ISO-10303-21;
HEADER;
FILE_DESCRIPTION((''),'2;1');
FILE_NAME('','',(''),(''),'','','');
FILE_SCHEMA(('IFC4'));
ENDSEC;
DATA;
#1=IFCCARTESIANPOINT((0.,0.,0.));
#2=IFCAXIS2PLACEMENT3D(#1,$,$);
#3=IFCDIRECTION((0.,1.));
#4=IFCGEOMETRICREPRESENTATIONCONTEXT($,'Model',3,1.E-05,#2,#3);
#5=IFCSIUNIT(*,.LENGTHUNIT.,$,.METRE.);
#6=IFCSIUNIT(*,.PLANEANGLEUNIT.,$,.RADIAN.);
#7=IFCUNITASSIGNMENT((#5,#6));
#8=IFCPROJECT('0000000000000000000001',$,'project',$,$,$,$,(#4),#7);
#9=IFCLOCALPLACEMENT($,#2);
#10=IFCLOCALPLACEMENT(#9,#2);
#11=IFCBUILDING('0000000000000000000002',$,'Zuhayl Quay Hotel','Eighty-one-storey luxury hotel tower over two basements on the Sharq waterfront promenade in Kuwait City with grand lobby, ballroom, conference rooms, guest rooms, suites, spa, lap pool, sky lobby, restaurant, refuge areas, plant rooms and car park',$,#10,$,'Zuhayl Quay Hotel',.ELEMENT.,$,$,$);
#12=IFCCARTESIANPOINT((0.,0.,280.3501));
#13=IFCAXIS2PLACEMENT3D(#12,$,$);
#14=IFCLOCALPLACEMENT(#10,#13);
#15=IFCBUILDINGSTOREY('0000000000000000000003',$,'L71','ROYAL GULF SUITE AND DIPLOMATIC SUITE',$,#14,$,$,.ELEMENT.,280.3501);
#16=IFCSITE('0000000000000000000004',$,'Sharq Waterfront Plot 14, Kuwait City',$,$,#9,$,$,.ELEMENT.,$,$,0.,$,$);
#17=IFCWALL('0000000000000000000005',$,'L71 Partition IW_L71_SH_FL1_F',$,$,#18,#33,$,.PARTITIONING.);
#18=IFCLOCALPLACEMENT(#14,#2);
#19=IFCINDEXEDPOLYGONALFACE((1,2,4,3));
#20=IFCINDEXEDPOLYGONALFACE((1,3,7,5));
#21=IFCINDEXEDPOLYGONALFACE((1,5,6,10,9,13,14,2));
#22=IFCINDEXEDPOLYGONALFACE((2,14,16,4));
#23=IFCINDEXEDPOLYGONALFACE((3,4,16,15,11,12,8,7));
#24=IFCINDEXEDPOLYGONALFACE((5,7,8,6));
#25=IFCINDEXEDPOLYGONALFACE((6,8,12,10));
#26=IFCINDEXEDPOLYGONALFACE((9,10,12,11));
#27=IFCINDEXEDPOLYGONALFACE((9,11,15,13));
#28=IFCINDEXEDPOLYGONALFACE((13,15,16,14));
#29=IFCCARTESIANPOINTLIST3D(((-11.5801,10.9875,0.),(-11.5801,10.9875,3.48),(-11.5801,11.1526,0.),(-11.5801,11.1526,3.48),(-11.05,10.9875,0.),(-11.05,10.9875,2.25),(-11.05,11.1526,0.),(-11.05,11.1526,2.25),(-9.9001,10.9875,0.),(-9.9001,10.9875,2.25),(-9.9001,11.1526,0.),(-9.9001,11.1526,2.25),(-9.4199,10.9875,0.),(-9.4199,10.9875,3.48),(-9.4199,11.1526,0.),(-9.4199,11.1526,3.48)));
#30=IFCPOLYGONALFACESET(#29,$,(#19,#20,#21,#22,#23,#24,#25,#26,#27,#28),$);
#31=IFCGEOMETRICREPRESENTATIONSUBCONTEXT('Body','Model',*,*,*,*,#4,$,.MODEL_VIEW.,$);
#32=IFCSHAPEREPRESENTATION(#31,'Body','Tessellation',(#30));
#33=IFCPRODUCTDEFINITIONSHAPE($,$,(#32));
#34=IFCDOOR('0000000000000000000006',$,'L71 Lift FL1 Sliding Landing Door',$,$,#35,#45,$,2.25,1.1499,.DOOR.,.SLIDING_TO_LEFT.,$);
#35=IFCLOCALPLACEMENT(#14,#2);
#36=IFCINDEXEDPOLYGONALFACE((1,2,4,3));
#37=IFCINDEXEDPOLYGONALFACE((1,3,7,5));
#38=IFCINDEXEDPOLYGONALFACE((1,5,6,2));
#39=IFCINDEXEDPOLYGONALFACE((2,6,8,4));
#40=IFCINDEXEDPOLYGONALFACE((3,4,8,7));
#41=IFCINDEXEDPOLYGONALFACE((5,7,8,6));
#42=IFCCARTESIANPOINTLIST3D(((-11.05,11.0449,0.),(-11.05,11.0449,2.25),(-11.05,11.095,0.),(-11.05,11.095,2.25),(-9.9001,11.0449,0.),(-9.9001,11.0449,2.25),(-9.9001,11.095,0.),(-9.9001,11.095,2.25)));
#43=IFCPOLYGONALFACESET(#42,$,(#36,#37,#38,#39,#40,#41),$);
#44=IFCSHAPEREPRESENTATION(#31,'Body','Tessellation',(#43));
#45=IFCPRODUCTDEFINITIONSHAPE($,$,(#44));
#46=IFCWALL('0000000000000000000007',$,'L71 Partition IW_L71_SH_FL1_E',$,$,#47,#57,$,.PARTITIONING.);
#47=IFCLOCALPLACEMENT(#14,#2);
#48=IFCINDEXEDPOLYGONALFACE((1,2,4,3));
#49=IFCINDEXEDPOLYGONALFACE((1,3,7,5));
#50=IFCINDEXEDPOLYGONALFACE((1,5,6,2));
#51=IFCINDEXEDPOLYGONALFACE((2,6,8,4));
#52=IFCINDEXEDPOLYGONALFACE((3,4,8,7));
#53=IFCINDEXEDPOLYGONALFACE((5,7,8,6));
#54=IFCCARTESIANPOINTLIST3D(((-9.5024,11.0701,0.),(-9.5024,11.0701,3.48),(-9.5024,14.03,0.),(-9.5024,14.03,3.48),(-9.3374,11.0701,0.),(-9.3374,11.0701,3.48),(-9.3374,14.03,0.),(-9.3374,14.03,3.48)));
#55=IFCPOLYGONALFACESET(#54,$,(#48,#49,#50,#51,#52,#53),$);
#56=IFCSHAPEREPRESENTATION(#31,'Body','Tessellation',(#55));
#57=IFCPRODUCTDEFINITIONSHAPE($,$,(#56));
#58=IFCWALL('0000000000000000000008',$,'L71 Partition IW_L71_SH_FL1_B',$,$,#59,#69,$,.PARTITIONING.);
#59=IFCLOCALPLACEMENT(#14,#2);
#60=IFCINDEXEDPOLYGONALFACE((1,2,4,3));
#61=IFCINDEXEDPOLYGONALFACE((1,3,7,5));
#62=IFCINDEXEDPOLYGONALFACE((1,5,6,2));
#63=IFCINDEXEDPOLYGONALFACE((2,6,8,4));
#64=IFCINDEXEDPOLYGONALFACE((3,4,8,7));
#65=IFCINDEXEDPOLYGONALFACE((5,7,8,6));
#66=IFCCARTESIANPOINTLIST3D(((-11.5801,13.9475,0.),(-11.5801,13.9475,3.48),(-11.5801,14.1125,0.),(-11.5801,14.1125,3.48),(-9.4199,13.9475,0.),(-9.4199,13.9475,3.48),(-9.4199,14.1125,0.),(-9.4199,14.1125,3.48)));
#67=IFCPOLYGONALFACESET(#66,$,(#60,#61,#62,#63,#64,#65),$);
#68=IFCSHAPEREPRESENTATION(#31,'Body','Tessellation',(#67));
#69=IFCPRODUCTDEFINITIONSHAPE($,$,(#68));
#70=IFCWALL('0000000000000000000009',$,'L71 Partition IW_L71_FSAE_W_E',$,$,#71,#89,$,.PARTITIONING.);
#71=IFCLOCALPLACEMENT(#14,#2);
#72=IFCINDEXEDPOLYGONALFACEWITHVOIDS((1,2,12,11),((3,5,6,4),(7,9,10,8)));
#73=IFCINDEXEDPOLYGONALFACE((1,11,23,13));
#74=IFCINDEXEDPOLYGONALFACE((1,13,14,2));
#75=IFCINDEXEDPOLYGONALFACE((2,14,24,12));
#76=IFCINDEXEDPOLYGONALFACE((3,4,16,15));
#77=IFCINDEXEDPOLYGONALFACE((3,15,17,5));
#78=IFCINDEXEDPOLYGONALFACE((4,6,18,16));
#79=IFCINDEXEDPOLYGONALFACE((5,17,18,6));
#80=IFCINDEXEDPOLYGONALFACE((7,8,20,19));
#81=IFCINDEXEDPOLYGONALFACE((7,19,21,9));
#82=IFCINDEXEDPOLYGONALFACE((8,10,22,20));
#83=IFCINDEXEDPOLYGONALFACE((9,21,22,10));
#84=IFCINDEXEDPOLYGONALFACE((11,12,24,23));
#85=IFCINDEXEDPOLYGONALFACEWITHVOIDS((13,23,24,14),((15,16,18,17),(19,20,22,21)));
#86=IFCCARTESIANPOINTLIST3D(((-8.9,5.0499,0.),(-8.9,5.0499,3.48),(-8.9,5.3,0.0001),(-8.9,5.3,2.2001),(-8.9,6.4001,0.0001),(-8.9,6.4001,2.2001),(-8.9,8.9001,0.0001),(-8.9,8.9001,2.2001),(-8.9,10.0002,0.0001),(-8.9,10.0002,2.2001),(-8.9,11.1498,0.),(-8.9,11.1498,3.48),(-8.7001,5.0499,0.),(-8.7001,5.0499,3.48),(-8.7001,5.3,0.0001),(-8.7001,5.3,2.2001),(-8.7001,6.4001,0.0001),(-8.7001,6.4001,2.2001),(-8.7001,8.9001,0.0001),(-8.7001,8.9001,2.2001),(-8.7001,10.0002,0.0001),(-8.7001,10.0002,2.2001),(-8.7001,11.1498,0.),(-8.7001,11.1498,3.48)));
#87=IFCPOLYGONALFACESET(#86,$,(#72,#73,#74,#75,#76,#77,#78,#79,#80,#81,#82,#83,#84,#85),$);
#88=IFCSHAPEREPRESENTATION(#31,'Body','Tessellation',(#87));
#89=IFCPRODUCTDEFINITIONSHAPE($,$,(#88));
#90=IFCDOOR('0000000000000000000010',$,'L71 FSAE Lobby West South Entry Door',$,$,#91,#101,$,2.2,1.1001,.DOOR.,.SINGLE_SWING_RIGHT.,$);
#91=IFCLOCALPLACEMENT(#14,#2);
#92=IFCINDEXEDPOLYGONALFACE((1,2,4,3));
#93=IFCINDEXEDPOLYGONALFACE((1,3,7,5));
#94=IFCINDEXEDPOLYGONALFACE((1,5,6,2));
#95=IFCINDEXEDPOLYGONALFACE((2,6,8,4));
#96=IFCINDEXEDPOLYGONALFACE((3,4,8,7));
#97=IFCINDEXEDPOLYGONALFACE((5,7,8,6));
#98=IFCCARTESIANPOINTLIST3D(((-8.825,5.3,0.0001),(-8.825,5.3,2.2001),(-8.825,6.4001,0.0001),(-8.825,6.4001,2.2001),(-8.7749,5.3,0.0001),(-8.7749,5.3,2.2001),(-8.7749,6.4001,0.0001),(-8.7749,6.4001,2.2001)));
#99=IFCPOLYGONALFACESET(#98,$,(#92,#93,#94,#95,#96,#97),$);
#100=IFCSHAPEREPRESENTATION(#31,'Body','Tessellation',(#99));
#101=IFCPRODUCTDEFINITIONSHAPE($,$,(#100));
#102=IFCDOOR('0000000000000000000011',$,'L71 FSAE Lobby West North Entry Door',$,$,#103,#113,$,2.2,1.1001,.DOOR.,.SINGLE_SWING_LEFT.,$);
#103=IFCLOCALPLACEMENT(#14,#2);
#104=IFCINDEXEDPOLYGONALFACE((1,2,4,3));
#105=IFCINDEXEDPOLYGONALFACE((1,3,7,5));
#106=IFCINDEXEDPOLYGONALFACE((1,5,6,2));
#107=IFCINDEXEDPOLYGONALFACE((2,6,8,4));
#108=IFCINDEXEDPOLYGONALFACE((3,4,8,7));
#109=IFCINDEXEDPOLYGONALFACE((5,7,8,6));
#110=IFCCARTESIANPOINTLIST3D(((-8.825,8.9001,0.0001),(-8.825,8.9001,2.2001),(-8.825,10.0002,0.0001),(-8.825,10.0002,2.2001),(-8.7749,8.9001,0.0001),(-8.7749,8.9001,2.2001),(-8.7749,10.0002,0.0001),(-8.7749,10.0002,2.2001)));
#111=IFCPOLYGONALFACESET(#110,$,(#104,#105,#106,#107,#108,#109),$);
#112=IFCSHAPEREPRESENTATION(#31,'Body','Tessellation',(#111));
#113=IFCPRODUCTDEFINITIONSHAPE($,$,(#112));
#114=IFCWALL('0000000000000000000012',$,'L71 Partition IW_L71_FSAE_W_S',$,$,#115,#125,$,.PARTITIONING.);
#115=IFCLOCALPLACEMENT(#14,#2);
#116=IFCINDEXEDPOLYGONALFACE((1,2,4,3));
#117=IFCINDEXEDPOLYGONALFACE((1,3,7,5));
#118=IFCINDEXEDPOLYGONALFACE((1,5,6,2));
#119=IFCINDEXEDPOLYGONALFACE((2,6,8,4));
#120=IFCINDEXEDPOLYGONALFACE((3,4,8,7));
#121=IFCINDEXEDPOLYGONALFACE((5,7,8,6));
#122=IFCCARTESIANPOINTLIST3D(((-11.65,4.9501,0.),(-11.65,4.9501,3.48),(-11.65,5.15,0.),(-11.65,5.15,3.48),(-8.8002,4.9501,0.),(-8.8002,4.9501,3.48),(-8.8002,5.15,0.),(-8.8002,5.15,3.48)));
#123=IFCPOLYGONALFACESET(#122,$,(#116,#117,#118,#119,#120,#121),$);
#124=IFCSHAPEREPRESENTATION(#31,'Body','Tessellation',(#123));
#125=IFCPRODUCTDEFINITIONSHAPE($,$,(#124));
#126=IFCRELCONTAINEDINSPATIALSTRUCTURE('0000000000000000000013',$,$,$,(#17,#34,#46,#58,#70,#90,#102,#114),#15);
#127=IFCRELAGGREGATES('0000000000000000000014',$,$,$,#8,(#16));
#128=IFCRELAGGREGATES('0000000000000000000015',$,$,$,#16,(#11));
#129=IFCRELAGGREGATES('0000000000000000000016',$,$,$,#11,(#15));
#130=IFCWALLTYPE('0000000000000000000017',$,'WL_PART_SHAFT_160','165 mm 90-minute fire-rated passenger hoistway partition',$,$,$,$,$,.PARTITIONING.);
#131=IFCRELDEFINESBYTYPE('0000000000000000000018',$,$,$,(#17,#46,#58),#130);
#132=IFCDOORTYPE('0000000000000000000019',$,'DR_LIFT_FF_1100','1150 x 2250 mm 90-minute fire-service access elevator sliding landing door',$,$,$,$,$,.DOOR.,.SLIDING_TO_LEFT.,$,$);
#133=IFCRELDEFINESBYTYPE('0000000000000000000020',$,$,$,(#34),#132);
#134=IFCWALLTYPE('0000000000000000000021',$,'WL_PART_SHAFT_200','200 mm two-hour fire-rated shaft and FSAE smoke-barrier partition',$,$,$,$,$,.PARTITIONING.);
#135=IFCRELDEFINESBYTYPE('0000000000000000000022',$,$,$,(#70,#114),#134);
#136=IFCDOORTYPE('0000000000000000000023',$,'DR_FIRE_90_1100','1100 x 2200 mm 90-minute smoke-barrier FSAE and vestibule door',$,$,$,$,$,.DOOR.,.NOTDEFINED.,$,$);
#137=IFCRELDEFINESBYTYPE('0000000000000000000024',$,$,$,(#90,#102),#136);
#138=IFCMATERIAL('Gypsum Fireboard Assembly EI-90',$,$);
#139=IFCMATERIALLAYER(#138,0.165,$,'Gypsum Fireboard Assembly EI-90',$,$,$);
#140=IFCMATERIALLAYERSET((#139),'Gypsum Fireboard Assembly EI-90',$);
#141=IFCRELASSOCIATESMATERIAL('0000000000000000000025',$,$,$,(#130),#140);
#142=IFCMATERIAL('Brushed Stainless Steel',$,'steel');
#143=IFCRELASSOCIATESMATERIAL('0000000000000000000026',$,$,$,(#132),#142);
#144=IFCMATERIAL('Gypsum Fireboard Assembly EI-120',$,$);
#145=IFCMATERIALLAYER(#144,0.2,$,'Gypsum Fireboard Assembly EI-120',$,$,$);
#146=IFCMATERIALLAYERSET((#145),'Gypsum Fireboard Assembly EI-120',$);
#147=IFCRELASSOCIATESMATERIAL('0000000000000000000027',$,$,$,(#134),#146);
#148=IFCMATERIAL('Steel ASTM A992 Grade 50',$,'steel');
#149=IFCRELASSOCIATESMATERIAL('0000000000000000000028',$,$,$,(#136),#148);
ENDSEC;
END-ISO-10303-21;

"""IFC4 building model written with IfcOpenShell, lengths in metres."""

from ifc_helpers import new_model, si_unit, direction, frame, frame_2d, origin, place, context, subcontext, project, spatial, rectangle, extrude, material, layer, layer_set, type_object, element, fill, save


model = new_model("IFC4")

# Units and contexts
model_context = context("Model", 3, precision=1e-05, world=origin(), true_north=direction((0.0, 1.0)))
body_context = subcontext(model_context, "Body", "Model", "MODEL_VIEW")
ifc_project = project(units=[si_unit("LENGTHUNIT", "METRE"), si_unit("PLANEANGLEUNIT", "RADIAN")], contexts=[model_context])

# Site, building, storey
site_placement = place(None, origin())
site = spatial("IfcSite", under=ifc_project, at=site_placement, Name="Sharq Waterfront Plot 14, Kuwait City", CompositionType="ELEMENT", RefElevation=0.0)
building_placement = place(site_placement, origin())
building = spatial("IfcBuilding", under=site, at=building_placement, Name="Zuhayl Quay Hotel", Description="Eighty-one-storey luxury hotel tower over two basements on the Sharq waterfront promenade in Kuwait City with grand lobby, ballroom, conference rooms, guest rooms, suites, spa, lap pool, sky lobby, restaurant, refuge areas, plant rooms and car park", LongName="Zuhayl Quay Hotel", CompositionType="ELEMENT")
storey_placement = place(building_placement, frame((0.0, 0.0, 280.3501)))
storey = spatial("IfcBuildingStorey", under=building, at=storey_placement, Name="L71", Description="ROYAL GULF SUITE AND DIPLOMATIC SUITE", CompositionType="ELEMENT", Elevation=280.3501)

# Shared definitions
ifc_material_1 = material(Name="Steel ASTM A992 Grade 50", Category="steel")

# Wall, opening, door
ifc_material_2 = material(Name="Gypsum Fireboard Assembly EI-90")
ifc_layer_1 = layer(ifc_material_2, 0.165, Name="Gypsum Fireboard Assembly EI-90")
ifc_layer_set_1 = layer_set([ifc_layer_1], Name="Gypsum Fireboard Assembly EI-90")
wall_type_1 = type_object("IfcWallType", Name="WL_PART_SHAFT_160", Description="165 mm 90-minute fire-rated passenger hoistway partition", PredefinedType="PARTITIONING", material=ifc_layer_set_1)
wall_1_placement = place(storey_placement, frame((-11.5801, 11.0701, 0.0), z_axis=(0.0, 0.0, 1.0), x_axis=(1.0, 0.0, 0.0)))
wall_1 = element("IfcWall", 1, at=wall_1_placement, inside=storey, type_object=wall_type_1, Name="L71 Partition IW_L71_SH_FL1_F", PredefinedType="PARTITIONING", context=body_context, shape_type="SweptSolid", body=[
    extrude(rectangle(XDim=2.1602, YDim=0.165, at=frame_2d((1.0801, 0.0))), origin(), (0.0, 0.0, 1.0), 3.48),
])
opening_1_placement = place(wall_1_placement, frame((0.53, 0.0, 0.0)))
opening_1 = element("IfcOpeningElement", 2, at=opening_1_placement, cuts=wall_1, PredefinedType="OPENING", context=body_context, shape_type="SweptSolid", body=[
    extrude(rectangle(XDim=1.1499, YDim=2.25, at=frame_2d((0.575, 1.125))), frame((0.0, 0.0925, 0.0), z_axis=(0.0, -1.0, 0.0), x_axis=(1.0, 0.0, 0.0)), (0.0, 0.0, 1.0), 0.1851),
])
ifc_material_3 = material(Name="Brushed Stainless Steel", Category="steel")
door_type_1 = type_object("IfcDoorType", Name="DR_LIFT_FF_1100", Description="1150 x 2250 mm 90-minute fire-service access elevator sliding landing door", OperationType="SLIDING_TO_LEFT", PredefinedType="DOOR", material=ifc_material_3)
door_1_placement = place(opening_1_placement, origin())
door_1 = element("IfcDoor", 3, at=door_1_placement, inside=storey, type_object=door_type_1, Name="L71 Lift FL1 Sliding Landing Door", OperationType="SLIDING_TO_LEFT", OverallHeight=2.25, OverallWidth=1.1499, PredefinedType="DOOR", context=body_context, shape_type="SweptSolid", body=[
    extrude(rectangle(XDim=1.1499, YDim=2.25, at=frame_2d((0.575, 1.125))), frame((0.0, 0.0249, 0.0), z_axis=(0.0, -1.0, 0.0), x_axis=(1.0, 0.0, 0.0)), (0.0, 0.0, 1.0), 0.05),
])
fill(opening_1, door_1)

# Walls
wall_2_placement = place(storey_placement, frame((-9.4199, 11.0701, 0.0), z_axis=(0.0, 0.0, 1.0), x_axis=(0.0, 1.0, 0.0)))
element("IfcWall", 4, at=wall_2_placement, inside=storey, type_object=wall_type_1, Name="L71 Partition IW_L71_SH_FL1_E", PredefinedType="PARTITIONING", context=body_context, shape_type="SweptSolid", body=[
    extrude(rectangle(XDim=2.96, YDim=0.165, at=frame_2d((1.48, 0.0))), origin(), (0.0, 0.0, 1.0), 3.48),
])
wall_3_placement = place(storey_placement, frame((-11.5801, 14.03, 0.0), z_axis=(0.0, 0.0, 1.0), x_axis=(1.0, 0.0, 0.0)))
element("IfcWall", 5, at=wall_3_placement, inside=storey, type_object=wall_type_1, Name="L71 Partition IW_L71_SH_FL1_B", PredefinedType="PARTITIONING", context=body_context, shape_type="SweptSolid", body=[
    extrude(rectangle(XDim=2.1602, YDim=0.165, at=frame_2d((1.0801, 0.0))), origin(), (0.0, 0.0, 1.0), 3.48),
])

# Wall, openings, doors
ifc_material_4 = material(Name="Gypsum Fireboard Assembly EI-120")
ifc_layer_2 = layer(ifc_material_4, 0.2, Name="Gypsum Fireboard Assembly EI-120")
ifc_layer_set_2 = layer_set([ifc_layer_2], Name="Gypsum Fireboard Assembly EI-120")
wall_type_2 = type_object("IfcWallType", Name="WL_PART_SHAFT_200", Description="200 mm two-hour fire-rated shaft and FSAE smoke-barrier partition", PredefinedType="PARTITIONING", material=ifc_layer_set_2)
wall_4_placement = place(storey_placement, frame((-8.8, 5.05, 0.0), z_axis=(0.0, 0.0, 1.0), x_axis=(0.0, 1.0, 0.0)))
wall_4 = element("IfcWall", 6, at=wall_4_placement, inside=storey, type_object=wall_type_2, Name="L71 Partition IW_L71_FSAE_W_E", PredefinedType="PARTITIONING", context=body_context, shape_type="SweptSolid", body=[
    extrude(rectangle(XDim=6.0999, YDim=0.2, at=frame_2d((3.0498, 0.0))), origin(), (0.0, 0.0, 1.0), 3.48),
])
opening_2_placement = place(wall_4_placement, frame((0.25, 0.0, 0.0)))
opening_2 = element("IfcOpeningElement", 7, at=opening_2_placement, cuts=wall_4, PredefinedType="OPENING", context=body_context, shape_type="SweptSolid", body=[
    extrude(rectangle(XDim=1.1001, YDim=2.2, at=frame_2d((0.55, 1.1001))), frame((0.0, 0.1099, 0.0), z_axis=(0.0, -1.0, 0.0), x_axis=(1.0, 0.0, 0.0)), (0.0, 0.0, 1.0), 0.22),
])
opening_3_placement = place(wall_4_placement, frame((3.8501, 0.0, 0.0)))
opening_3 = element("IfcOpeningElement", 8, at=opening_3_placement, cuts=wall_4, PredefinedType="OPENING", context=body_context, shape_type="SweptSolid", body=[
    extrude(rectangle(XDim=1.1001, YDim=2.2, at=frame_2d((0.55, 1.1001))), frame((0.0, 0.1099, 0.0), z_axis=(0.0, -1.0, 0.0), x_axis=(1.0, 0.0, 0.0)), (0.0, 0.0, 1.0), 0.22),
])
door_type_2 = type_object("IfcDoorType", Name="DR_FIRE_90_1100", Description="1100 x 2200 mm 90-minute smoke-barrier FSAE and vestibule door", OperationType="NOTDEFINED", PredefinedType="DOOR", material=ifc_material_1)
door_2_placement = place(opening_2_placement, origin())
door_2 = element("IfcDoor", 9, at=door_2_placement, inside=storey, type_object=door_type_2, Name="L71 FSAE Lobby West South Entry Door", OperationType="SINGLE_SWING_RIGHT", OverallHeight=2.2, OverallWidth=1.1001, PredefinedType="DOOR", context=body_context, shape_type="SweptSolid", body=[
    extrude(rectangle(XDim=1.1001, YDim=2.2, at=frame_2d((0.55, 1.1001))), frame((0.0, 0.0249, 0.0), z_axis=(0.0, -1.0, 0.0), x_axis=(1.0, 0.0, 0.0)), (0.0, 0.0, 1.0), 0.05),
])
fill(opening_2, door_2)
door_3_placement = place(opening_3_placement, origin())
door_3 = element("IfcDoor", 10, at=door_3_placement, inside=storey, type_object=door_type_2, Name="L71 FSAE Lobby West North Entry Door", OperationType="SINGLE_SWING_LEFT", OverallHeight=2.2, OverallWidth=1.1001, PredefinedType="DOOR", context=body_context, shape_type="SweptSolid", body=[
    extrude(rectangle(XDim=1.1001, YDim=2.2, at=frame_2d((0.55, 1.1001))), frame((0.0, 0.0249, 0.0), z_axis=(0.0, -1.0, 0.0), x_axis=(1.0, 0.0, 0.0)), (0.0, 0.0, 1.0), 0.05),
])
fill(opening_3, door_3)

# Wall
wall_5_placement = place(storey_placement, frame((-11.6499, 5.05, 0.0), z_axis=(0.0, 0.0, 1.0), x_axis=(1.0, 0.0, 0.0)))
element("IfcWall", 11, at=wall_5_placement, inside=storey, type_object=wall_type_2, Name="L71 Partition IW_L71_FSAE_W_S", PredefinedType="PARTITIONING", context=body_context, shape_type="SweptSolid", body=[
    extrude(rectangle(XDim=2.8499, YDim=0.2, at=frame_2d((1.4248, 0.0))), origin(), (0.0, 0.0, 1.0), 3.48),
])

save(model, "model.ifc")
